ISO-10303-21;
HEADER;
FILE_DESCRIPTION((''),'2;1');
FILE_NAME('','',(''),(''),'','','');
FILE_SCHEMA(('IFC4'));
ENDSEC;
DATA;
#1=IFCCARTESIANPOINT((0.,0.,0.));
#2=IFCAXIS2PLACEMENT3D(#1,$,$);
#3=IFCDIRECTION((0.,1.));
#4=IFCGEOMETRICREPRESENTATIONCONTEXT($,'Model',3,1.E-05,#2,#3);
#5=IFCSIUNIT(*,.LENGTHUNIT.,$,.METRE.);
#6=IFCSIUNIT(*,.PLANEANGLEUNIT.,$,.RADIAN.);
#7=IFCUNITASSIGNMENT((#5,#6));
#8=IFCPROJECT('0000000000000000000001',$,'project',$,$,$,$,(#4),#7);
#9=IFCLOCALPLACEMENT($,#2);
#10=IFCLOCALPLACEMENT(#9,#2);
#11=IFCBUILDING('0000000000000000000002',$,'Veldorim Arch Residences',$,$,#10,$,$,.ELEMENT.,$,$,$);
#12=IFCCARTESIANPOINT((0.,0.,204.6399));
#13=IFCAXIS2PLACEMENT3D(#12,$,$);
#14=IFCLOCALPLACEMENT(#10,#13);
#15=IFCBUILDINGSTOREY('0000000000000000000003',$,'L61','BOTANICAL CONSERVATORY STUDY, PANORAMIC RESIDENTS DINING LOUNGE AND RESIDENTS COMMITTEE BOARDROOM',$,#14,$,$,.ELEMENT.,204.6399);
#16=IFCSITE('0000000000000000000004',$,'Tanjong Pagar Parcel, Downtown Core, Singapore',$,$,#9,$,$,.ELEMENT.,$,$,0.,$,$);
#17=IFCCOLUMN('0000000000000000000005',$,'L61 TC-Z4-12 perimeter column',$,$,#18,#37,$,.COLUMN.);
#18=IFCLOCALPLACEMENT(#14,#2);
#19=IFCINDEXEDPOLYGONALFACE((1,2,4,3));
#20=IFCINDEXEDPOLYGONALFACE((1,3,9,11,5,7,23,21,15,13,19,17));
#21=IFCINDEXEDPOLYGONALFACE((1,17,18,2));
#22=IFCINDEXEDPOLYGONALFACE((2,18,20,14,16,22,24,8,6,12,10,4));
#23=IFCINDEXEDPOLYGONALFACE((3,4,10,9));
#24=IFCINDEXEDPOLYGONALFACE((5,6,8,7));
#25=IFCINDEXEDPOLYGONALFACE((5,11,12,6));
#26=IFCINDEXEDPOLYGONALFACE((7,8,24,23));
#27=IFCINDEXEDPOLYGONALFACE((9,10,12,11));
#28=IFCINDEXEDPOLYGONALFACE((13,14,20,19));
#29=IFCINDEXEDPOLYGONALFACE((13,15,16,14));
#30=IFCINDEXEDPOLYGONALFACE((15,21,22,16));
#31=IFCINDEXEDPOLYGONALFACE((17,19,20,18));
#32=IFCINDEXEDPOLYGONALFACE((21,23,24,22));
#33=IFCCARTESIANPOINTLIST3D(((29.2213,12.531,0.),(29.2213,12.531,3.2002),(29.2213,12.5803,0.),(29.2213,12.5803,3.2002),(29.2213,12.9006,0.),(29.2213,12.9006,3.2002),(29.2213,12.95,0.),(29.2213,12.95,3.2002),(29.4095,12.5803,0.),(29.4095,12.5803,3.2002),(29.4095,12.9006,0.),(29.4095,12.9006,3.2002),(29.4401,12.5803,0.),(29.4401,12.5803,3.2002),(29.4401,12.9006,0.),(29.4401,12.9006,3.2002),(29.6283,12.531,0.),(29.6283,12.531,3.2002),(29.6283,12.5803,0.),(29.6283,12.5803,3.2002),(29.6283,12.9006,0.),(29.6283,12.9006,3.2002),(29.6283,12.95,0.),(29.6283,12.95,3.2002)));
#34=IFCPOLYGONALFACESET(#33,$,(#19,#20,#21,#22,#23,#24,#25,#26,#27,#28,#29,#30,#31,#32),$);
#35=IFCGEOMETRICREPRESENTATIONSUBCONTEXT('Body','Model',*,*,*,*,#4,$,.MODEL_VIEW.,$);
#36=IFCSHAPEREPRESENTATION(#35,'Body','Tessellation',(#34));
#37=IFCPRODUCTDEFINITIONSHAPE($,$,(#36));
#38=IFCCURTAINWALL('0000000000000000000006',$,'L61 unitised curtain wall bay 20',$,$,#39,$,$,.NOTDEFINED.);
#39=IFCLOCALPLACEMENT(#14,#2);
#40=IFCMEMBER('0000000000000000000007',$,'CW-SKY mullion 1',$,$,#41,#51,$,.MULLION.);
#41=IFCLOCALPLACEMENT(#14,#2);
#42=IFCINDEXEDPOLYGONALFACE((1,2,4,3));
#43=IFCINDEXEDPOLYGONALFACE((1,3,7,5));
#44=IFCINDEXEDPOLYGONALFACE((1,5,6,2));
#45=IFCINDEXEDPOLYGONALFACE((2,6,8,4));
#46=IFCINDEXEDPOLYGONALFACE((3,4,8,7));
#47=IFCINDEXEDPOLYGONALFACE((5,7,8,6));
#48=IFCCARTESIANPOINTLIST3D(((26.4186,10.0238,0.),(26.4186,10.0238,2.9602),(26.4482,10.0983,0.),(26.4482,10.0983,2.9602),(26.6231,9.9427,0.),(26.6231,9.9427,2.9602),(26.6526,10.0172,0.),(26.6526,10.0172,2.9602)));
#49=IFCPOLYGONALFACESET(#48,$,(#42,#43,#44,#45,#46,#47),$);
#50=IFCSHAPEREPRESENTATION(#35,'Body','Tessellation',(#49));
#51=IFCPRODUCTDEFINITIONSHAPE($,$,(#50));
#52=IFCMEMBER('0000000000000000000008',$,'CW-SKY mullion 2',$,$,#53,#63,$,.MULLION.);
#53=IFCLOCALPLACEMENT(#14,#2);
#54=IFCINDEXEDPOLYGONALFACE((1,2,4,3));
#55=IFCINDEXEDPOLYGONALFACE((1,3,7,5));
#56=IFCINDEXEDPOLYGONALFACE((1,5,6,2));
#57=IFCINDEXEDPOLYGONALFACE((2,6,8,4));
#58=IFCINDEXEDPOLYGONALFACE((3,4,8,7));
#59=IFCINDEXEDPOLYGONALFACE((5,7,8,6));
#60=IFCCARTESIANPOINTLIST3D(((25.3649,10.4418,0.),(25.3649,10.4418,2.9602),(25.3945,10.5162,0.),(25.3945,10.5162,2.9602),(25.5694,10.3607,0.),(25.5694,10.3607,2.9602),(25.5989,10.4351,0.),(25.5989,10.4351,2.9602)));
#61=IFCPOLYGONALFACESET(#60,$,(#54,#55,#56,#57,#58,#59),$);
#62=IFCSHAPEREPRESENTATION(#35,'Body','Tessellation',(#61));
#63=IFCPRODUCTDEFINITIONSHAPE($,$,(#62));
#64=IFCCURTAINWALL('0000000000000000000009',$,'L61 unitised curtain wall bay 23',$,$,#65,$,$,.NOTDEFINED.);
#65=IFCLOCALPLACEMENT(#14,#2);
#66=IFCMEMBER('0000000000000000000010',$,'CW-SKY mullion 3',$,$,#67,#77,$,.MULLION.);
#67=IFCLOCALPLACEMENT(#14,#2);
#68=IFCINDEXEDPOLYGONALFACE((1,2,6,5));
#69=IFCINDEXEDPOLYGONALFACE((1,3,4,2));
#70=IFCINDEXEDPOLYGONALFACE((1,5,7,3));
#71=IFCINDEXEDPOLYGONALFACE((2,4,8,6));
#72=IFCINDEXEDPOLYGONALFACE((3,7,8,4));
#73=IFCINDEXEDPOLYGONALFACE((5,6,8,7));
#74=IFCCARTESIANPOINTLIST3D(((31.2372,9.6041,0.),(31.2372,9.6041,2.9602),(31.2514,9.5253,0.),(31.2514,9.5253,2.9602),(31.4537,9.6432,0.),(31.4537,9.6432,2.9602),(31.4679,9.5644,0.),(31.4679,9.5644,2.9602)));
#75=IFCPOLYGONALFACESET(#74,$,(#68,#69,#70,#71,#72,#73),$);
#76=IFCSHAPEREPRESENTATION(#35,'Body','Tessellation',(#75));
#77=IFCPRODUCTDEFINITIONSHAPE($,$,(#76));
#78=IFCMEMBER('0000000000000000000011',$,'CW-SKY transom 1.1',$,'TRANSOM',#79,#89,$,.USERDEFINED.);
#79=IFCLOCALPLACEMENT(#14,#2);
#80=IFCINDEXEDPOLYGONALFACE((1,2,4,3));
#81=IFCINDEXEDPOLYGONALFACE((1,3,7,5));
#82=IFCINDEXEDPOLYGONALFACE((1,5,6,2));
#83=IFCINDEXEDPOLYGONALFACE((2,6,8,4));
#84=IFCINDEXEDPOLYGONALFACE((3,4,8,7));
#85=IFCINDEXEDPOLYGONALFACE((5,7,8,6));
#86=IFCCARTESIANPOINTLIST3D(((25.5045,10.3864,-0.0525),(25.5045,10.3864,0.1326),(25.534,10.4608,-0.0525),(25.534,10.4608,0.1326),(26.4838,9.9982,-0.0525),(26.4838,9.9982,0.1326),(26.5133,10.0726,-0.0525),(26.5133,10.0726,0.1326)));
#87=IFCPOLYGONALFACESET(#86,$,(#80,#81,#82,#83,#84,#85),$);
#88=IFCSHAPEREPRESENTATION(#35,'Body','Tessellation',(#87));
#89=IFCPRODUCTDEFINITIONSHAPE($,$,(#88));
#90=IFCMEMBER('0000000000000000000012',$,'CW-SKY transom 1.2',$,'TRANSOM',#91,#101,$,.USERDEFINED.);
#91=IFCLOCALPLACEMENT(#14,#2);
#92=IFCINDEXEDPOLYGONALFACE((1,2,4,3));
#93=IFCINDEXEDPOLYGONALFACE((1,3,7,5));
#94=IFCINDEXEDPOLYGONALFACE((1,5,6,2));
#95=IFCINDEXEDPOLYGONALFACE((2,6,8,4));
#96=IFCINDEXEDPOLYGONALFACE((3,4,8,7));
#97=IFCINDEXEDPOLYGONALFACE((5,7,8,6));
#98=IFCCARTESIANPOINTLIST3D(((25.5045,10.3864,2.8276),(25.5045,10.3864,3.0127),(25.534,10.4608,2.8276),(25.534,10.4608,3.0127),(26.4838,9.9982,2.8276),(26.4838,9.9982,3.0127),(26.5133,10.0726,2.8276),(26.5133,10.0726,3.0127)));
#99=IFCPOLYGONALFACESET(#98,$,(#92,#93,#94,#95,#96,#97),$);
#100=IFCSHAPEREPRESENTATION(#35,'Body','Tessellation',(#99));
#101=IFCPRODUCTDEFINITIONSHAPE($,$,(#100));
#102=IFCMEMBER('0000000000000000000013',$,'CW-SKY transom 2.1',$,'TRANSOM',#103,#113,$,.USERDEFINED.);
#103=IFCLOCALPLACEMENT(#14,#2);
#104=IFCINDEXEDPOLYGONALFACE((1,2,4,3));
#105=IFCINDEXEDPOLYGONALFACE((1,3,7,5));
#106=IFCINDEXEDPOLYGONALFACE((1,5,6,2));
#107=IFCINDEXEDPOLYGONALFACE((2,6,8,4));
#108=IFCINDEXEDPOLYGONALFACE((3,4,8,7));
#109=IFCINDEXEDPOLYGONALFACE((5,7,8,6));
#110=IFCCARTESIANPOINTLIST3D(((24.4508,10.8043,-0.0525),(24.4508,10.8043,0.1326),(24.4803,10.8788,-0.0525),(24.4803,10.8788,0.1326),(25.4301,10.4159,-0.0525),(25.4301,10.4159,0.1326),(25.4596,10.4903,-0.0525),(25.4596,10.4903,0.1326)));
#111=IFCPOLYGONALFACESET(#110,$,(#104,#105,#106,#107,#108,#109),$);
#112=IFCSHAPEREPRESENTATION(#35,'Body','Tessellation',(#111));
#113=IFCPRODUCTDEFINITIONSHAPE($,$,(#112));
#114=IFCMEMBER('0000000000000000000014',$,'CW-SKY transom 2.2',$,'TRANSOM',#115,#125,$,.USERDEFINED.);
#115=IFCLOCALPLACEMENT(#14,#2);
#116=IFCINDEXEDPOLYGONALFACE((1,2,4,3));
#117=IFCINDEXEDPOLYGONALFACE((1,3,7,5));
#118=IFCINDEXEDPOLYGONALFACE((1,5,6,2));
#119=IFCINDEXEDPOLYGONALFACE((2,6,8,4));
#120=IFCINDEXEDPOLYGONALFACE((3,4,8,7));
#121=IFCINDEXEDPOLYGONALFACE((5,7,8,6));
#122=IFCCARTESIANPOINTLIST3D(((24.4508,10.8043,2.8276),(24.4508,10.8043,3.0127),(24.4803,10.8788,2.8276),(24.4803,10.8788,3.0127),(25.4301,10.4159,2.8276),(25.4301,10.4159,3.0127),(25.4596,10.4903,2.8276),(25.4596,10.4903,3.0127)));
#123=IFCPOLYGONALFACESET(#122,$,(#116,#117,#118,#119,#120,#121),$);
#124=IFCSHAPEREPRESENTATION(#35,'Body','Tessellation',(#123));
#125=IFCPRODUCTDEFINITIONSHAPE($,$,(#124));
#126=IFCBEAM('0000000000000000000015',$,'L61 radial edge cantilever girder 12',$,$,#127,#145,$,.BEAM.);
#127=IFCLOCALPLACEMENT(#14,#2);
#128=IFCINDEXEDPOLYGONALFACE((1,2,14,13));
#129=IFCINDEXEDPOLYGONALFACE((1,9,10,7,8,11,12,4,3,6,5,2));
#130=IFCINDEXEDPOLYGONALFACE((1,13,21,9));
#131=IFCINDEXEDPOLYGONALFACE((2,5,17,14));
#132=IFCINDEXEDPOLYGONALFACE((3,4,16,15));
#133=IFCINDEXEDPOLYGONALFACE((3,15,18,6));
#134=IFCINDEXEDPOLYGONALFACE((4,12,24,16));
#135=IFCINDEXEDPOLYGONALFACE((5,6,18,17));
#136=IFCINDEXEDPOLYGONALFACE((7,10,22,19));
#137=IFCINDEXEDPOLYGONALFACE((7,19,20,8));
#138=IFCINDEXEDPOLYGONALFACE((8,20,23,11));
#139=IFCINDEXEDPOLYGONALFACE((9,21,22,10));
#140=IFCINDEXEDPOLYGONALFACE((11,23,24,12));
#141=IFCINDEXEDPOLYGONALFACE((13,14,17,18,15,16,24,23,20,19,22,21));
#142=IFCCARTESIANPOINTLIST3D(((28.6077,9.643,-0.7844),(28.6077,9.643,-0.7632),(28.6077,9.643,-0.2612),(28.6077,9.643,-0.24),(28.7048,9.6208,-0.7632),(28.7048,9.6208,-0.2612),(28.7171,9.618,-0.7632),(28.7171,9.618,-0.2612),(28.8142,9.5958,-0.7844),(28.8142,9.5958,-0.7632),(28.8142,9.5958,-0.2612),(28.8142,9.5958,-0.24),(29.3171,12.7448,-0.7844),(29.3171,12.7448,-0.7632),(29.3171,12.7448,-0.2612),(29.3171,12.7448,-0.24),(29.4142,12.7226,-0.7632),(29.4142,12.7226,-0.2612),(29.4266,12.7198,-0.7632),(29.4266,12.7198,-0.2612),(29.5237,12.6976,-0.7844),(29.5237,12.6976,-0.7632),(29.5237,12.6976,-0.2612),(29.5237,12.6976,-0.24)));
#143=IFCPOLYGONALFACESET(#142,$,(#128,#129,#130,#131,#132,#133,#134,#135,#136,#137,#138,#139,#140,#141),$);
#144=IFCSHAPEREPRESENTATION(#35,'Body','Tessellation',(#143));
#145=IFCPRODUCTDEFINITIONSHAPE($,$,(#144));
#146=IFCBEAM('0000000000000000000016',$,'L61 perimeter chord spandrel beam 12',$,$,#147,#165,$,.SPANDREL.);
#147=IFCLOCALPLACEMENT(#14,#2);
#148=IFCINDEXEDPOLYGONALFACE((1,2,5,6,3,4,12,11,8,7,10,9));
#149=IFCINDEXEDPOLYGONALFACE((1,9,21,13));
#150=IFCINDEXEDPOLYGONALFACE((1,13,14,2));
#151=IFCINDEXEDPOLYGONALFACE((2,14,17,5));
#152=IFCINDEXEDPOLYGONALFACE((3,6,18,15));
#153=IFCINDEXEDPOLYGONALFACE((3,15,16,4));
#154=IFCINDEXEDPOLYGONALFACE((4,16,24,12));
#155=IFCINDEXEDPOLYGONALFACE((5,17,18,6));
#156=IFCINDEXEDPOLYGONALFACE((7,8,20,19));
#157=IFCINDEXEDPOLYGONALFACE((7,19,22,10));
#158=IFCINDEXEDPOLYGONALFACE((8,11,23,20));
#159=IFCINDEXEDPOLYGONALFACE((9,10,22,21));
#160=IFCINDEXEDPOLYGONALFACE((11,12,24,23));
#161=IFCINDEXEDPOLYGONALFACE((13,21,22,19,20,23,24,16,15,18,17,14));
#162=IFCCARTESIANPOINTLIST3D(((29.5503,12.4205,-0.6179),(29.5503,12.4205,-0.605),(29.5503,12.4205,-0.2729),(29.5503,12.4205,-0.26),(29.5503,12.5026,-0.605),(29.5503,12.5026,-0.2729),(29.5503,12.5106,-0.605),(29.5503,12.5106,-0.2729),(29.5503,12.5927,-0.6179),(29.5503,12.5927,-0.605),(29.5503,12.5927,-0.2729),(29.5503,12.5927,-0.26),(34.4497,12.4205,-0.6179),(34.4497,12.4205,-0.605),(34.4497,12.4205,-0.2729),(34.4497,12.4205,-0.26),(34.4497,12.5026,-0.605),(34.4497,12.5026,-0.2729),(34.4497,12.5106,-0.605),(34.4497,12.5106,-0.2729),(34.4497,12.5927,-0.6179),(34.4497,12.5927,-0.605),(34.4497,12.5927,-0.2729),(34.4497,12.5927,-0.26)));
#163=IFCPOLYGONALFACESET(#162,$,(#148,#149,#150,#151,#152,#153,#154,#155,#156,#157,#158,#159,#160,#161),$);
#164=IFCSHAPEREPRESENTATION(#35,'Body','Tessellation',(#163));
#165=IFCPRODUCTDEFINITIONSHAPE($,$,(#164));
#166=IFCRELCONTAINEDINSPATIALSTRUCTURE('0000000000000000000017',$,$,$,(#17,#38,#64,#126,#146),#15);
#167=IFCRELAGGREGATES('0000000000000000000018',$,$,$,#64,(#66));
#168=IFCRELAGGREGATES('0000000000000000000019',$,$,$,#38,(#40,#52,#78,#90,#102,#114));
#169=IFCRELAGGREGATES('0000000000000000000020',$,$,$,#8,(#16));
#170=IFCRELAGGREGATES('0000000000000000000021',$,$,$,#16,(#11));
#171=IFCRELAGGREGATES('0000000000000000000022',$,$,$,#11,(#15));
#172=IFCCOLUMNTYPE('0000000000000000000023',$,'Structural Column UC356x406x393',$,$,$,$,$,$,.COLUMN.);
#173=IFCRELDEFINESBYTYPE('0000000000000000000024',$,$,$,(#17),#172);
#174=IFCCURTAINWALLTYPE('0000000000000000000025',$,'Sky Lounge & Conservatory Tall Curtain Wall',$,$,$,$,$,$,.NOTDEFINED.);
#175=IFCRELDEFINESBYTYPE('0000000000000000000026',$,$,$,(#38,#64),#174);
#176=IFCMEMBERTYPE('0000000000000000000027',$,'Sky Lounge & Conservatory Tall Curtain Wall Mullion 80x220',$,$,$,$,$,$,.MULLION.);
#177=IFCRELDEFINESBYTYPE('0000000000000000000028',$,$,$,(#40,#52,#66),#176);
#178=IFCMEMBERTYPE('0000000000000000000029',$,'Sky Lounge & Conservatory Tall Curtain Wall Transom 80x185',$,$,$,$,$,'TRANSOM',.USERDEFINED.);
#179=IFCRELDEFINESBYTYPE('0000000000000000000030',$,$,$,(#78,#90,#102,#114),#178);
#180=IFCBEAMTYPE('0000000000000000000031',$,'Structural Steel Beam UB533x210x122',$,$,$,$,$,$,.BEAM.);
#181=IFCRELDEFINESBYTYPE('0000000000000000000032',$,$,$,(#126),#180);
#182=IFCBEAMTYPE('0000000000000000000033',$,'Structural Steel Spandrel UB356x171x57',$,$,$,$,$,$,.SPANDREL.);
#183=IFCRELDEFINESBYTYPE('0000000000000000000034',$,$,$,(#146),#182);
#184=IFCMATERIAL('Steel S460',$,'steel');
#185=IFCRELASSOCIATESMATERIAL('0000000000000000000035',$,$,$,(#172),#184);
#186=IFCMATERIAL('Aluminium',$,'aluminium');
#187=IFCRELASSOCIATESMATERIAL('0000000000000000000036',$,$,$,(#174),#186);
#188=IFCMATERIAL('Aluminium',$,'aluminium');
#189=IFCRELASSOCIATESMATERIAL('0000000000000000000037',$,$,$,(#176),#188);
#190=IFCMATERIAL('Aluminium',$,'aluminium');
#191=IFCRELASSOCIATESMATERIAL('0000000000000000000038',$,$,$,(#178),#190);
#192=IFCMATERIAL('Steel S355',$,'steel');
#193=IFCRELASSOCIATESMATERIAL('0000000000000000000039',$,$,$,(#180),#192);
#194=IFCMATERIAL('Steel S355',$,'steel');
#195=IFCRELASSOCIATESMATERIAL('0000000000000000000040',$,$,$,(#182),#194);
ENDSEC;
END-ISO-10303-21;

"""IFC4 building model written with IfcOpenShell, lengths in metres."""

from ifc_helpers import new_model, si_unit, direction, frame, origin, origin_2d, place, context, subcontext, project, spatial, rectangle, i_section, extrude, material, material_profile, profile_set, type_object, element, aggregate, save


model = new_model("IFC4")

# Units and contexts
model_context = context("Model", 3, precision=1e-05, world=origin(), true_north=direction((0.0, 1.0)))
body_context = subcontext(model_context, "Body", "Model", "MODEL_VIEW")
ifc_project = project(units=[si_unit("LENGTHUNIT", "METRE"), si_unit("PLANEANGLEUNIT", "RADIAN")], contexts=[model_context])

# Site, building, storey
site_placement = place(None, origin())
site = spatial("IfcSite", under=ifc_project, at=site_placement, Name="Tanjong Pagar Parcel, Downtown Core, Singapore", CompositionType="ELEMENT", RefElevation=0.0)
building_placement = place(site_placement, origin())
building = spatial("IfcBuilding", under=site, at=building_placement, Name="Veldorim Arch Residences", CompositionType="ELEMENT")
storey_placement = place(building_placement, frame((0.0, 0.0, 204.6399)))
storey = spatial("IfcBuildingStorey", under=building, at=storey_placement, Name="L61", Description="BOTANICAL CONSERVATORY STUDY, PANORAMIC RESIDENTS DINING LOUNGE AND RESIDENTS COMMITTEE BOARDROOM", CompositionType="ELEMENT", Elevation=204.6399)

# Column
ifc_material_1 = material(Name="Steel S460", Category="steel")
ifc_material_profile_1 = material_profile(ifc_material_1, i_section(OverallWidth=0.407, OverallDepth=0.4189, WebThickness=0.0305, FlangeThickness=0.0493, at=origin_2d()), Name="UC356x406x393")
ifc_profile_set_1 = profile_set([ifc_material_profile_1], Name="Steel S460")
column_type = type_object("IfcColumnType", Name="Structural Column UC356x406x393", PredefinedType="COLUMN", material=ifc_profile_set_1)
column_placement = place(storey_placement, frame((29.4248, 12.7405, 0.0), z_axis=(0.0, 0.0, 1.0), x_axis=(1.0, 0.0, 0.0)))
element("IfcColumn", 1, at=column_placement, inside=storey, type_object=column_type, Name="L61 TC-Z4-12 perimeter column", PredefinedType="COLUMN", context=body_context, shape_type="SweptSolid", body=[
    extrude(i_section(OverallWidth=0.407, OverallDepth=0.4189, WebThickness=0.0305, FlangeThickness=0.0493, at=origin_2d()), origin(), (0.0, 0.0, 1.0), 3.2002),
])

# Curtain wall, members
ifc_material_2 = material(Name="Aluminium", Category="aluminium")
curtain_wall_type = type_object("IfcCurtainWallType", Name="Sky Lounge & Conservatory Tall Curtain Wall", PredefinedType="NOTDEFINED", material=ifc_material_2)
curtain_wall_1_placement = place(storey_placement, origin())
curtain_wall_1 = element("IfcCurtainWall", 2, at=curtain_wall_1_placement, inside=storey, type_object=curtain_wall_type, Name="L61 unitised curtain wall bay 20", PredefinedType="NOTDEFINED")
ifc_material_3 = material(Name="Aluminium", Category="aluminium")
ifc_material_profile_2 = material_profile(ifc_material_3, rectangle(XDim=0.0801, YDim=0.22, at=origin_2d()), Name="ALU_MUL_80x220")
ifc_profile_set_2 = profile_set([ifc_material_profile_2], Name="Aluminium")
member_type_1 = type_object("IfcMemberType", Name="Sky Lounge & Conservatory Tall Curtain Wall Mullion 80x220", PredefinedType="MULLION", material=ifc_profile_set_2)
member_1_placement = place(storey_placement, frame((26.5356, 10.0205, 0.0), z_axis=(0.0, 0.0, 1.0), x_axis=(-0.368671, -0.92956, 0.0)))
member_1 = element("IfcMember", 3, at=member_1_placement, type_object=member_type_1, Name="CW-SKY mullion 1", PredefinedType="MULLION", context=body_context, shape_type="SweptSolid", body=[
    extrude(rectangle(XDim=0.0801, YDim=0.22, at=origin_2d()), origin(), (0.0, 0.0, 1.0), 2.9602),
])
member_2_placement = place(storey_placement, frame((25.4819, 10.4385, 0.0), z_axis=(0.0, 0.0, 1.0), x_axis=(-0.368671, -0.92956, 0.0)))
member_2 = element("IfcMember", 4, at=member_2_placement, type_object=member_type_1, Name="CW-SKY mullion 2", PredefinedType="MULLION", context=body_context, shape_type="SweptSolid", body=[
    extrude(rectangle(XDim=0.0801, YDim=0.22, at=origin_2d()), origin(), (0.0, 0.0, 1.0), 2.9602),
])

# Curtain wall, member
curtain_wall_2_placement = place(storey_placement, origin())
curtain_wall_2 = element("IfcCurtainWall", 5, at=curtain_wall_2_placement, inside=storey, type_object=curtain_wall_type, Name="L61 unitised curtain wall bay 23", PredefinedType="NOTDEFINED")
member_3_placement = place(storey_placement, frame((31.3525, 9.5842, 0.0), z_axis=(0.0, 0.0, 1.0), x_axis=(0.177683, -0.984088, 0.0)))
member_3 = element("IfcMember", 6, at=member_3_placement, type_object=member_type_1, Name="CW-SKY mullion 3", PredefinedType="MULLION", context=body_context, shape_type="SweptSolid", body=[
    extrude(rectangle(XDim=0.0801, YDim=0.22, at=origin_2d()), origin(), (0.0, 0.0, 1.0), 2.9602),
])
aggregate(curtain_wall_2, [member_3])

# Members
ifc_material_4 = material(Name="Aluminium", Category="aluminium")
ifc_material_profile_3 = material_profile(ifc_material_4, rectangle(XDim=0.0801, YDim=0.1851, at=origin_2d()), Name="ALU_TRN_80x185")
ifc_profile_set_3 = profile_set([ifc_material_profile_3], Name="Aluminium")
member_type_2 = type_object("IfcMemberType", Name="Sky Lounge & Conservatory Tall Curtain Wall Transom 80x185", ElementType="TRANSOM", PredefinedType="USERDEFINED", material=ifc_profile_set_3)
member_4_placement = place(storey_placement, frame((26.4985, 10.0354, 0.04), z_axis=(-0.929623, 0.368512, 0.0), x_axis=(-0.368512, -0.929623, 0.0)))
member_4 = element("IfcMember", 7, at=member_4_placement, type_object=member_type_2, Name="CW-SKY transom 1.1", ObjectType="TRANSOM", PredefinedType="USERDEFINED", context=body_context, shape_type="SweptSolid", body=[
    extrude(rectangle(XDim=0.0801, YDim=0.1851, at=origin_2d()), origin(), (0.0, 0.0, 1.0), 1.0535),
])
member_5_placement = place(storey_placement, frame((26.4985, 10.0354, 2.9202), z_axis=(-0.929623, 0.368512, 0.0), x_axis=(-0.368512, -0.929623, 0.0)))
member_5 = element("IfcMember", 8, at=member_5_placement, type_object=member_type_2, Name="CW-SKY transom 1.2", ObjectType="TRANSOM", PredefinedType="USERDEFINED", context=body_context, shape_type="SweptSolid", body=[
    extrude(rectangle(XDim=0.0801, YDim=0.1851, at=origin_2d()), origin(), (0.0, 0.0, 1.0), 1.0535),
])
member_6_placement = place(storey_placement, frame((25.4448, 10.4531, 0.04), z_axis=(-0.929544, 0.368712, 0.0), x_axis=(-0.368712, -0.929544, 0.0)))
member_6 = element("IfcMember", 9, at=member_6_placement, type_object=member_type_2, Name="CW-SKY transom 2.1", ObjectType="TRANSOM", PredefinedType="USERDEFINED", context=body_context, shape_type="SweptSolid", body=[
    extrude(rectangle(XDim=0.0801, YDim=0.1851, at=origin_2d()), origin(), (0.0, 0.0, 1.0), 1.0535),
])
member_7_placement = place(storey_placement, frame((25.4448, 10.4531, 2.9202), z_axis=(-0.929544, 0.368712, 0.0), x_axis=(-0.368712, -0.929544, 0.0)))
member_7 = element("IfcMember", 10, at=member_7_placement, type_object=member_type_2, Name="CW-SKY transom 2.2", ObjectType="TRANSOM", PredefinedType="USERDEFINED", context=body_context, shape_type="SweptSolid", body=[
    extrude(rectangle(XDim=0.0801, YDim=0.1851, at=origin_2d()), origin(), (0.0, 0.0, 1.0), 1.0535),
])

# Beams
ifc_material_5 = material(Name="Steel S355", Category="steel")
ifc_material_profile_4 = material_profile(ifc_material_5, i_section(OverallWidth=0.2119, OverallDepth=0.5444, WebThickness=0.0127, FlangeThickness=0.0212, at=origin_2d()), Name="UB533x210x122")
ifc_profile_set_4 = profile_set([ifc_material_profile_4], Name="Steel S355")
beam_type_1 = type_object("IfcBeamType", Name="Structural Steel Beam UB533x210x122", PredefinedType="BEAM", material=ifc_profile_set_4)
beam_1_placement = place(storey_placement, frame((29.4204, 12.7212, -0.5122), z_axis=(-0.222971, -0.974825, 0.0), x_axis=(0.974825, -0.222971, 0.0)))
element("IfcBeam", 11, at=beam_1_placement, inside=storey, type_object=beam_type_1, Name="L61 radial edge cantilever girder 12", PredefinedType="BEAM", context=body_context, shape_type="SweptSolid", body=[
    extrude(i_section(OverallWidth=0.2119, OverallDepth=0.5444, WebThickness=0.0127, FlangeThickness=0.0212, at=origin_2d()), origin(), (0.0, 0.0, 1.0), 3.1819),
])
ifc_material_6 = material(Name="Steel S355", Category="steel")
ifc_material_profile_5 = material_profile(ifc_material_6, i_section(OverallWidth=0.1721, OverallDepth=0.3579, WebThickness=0.0081, FlangeThickness=0.0129, at=origin_2d()), Name="UB356x171x57")
ifc_profile_set_5 = profile_set([ifc_material_profile_5], Name="Steel S355")
beam_type_2 = type_object("IfcBeamType", Name="Structural Steel Spandrel UB356x171x57", PredefinedType="SPANDREL", material=ifc_profile_set_5)
beam_2_placement = place(storey_placement, frame((29.5503, 12.5066, -0.439), z_axis=(1.0, 0.0, 0.0), x_axis=(0.0, 1.0, 0.0)))
element("IfcBeam", 12, at=beam_2_placement, inside=storey, type_object=beam_type_2, Name="L61 perimeter chord spandrel beam 12", PredefinedType="SPANDREL", context=body_context, shape_type="SweptSolid", body=[
    extrude(i_section(OverallWidth=0.1721, OverallDepth=0.3579, WebThickness=0.0081, FlangeThickness=0.0129, at=origin_2d()), origin(), (0.0, 0.0, 1.0), 4.8994),
])

aggregate(curtain_wall_1, [member_1, member_2, member_4, member_5, member_6, member_7])

save(model, "model.ifc")
